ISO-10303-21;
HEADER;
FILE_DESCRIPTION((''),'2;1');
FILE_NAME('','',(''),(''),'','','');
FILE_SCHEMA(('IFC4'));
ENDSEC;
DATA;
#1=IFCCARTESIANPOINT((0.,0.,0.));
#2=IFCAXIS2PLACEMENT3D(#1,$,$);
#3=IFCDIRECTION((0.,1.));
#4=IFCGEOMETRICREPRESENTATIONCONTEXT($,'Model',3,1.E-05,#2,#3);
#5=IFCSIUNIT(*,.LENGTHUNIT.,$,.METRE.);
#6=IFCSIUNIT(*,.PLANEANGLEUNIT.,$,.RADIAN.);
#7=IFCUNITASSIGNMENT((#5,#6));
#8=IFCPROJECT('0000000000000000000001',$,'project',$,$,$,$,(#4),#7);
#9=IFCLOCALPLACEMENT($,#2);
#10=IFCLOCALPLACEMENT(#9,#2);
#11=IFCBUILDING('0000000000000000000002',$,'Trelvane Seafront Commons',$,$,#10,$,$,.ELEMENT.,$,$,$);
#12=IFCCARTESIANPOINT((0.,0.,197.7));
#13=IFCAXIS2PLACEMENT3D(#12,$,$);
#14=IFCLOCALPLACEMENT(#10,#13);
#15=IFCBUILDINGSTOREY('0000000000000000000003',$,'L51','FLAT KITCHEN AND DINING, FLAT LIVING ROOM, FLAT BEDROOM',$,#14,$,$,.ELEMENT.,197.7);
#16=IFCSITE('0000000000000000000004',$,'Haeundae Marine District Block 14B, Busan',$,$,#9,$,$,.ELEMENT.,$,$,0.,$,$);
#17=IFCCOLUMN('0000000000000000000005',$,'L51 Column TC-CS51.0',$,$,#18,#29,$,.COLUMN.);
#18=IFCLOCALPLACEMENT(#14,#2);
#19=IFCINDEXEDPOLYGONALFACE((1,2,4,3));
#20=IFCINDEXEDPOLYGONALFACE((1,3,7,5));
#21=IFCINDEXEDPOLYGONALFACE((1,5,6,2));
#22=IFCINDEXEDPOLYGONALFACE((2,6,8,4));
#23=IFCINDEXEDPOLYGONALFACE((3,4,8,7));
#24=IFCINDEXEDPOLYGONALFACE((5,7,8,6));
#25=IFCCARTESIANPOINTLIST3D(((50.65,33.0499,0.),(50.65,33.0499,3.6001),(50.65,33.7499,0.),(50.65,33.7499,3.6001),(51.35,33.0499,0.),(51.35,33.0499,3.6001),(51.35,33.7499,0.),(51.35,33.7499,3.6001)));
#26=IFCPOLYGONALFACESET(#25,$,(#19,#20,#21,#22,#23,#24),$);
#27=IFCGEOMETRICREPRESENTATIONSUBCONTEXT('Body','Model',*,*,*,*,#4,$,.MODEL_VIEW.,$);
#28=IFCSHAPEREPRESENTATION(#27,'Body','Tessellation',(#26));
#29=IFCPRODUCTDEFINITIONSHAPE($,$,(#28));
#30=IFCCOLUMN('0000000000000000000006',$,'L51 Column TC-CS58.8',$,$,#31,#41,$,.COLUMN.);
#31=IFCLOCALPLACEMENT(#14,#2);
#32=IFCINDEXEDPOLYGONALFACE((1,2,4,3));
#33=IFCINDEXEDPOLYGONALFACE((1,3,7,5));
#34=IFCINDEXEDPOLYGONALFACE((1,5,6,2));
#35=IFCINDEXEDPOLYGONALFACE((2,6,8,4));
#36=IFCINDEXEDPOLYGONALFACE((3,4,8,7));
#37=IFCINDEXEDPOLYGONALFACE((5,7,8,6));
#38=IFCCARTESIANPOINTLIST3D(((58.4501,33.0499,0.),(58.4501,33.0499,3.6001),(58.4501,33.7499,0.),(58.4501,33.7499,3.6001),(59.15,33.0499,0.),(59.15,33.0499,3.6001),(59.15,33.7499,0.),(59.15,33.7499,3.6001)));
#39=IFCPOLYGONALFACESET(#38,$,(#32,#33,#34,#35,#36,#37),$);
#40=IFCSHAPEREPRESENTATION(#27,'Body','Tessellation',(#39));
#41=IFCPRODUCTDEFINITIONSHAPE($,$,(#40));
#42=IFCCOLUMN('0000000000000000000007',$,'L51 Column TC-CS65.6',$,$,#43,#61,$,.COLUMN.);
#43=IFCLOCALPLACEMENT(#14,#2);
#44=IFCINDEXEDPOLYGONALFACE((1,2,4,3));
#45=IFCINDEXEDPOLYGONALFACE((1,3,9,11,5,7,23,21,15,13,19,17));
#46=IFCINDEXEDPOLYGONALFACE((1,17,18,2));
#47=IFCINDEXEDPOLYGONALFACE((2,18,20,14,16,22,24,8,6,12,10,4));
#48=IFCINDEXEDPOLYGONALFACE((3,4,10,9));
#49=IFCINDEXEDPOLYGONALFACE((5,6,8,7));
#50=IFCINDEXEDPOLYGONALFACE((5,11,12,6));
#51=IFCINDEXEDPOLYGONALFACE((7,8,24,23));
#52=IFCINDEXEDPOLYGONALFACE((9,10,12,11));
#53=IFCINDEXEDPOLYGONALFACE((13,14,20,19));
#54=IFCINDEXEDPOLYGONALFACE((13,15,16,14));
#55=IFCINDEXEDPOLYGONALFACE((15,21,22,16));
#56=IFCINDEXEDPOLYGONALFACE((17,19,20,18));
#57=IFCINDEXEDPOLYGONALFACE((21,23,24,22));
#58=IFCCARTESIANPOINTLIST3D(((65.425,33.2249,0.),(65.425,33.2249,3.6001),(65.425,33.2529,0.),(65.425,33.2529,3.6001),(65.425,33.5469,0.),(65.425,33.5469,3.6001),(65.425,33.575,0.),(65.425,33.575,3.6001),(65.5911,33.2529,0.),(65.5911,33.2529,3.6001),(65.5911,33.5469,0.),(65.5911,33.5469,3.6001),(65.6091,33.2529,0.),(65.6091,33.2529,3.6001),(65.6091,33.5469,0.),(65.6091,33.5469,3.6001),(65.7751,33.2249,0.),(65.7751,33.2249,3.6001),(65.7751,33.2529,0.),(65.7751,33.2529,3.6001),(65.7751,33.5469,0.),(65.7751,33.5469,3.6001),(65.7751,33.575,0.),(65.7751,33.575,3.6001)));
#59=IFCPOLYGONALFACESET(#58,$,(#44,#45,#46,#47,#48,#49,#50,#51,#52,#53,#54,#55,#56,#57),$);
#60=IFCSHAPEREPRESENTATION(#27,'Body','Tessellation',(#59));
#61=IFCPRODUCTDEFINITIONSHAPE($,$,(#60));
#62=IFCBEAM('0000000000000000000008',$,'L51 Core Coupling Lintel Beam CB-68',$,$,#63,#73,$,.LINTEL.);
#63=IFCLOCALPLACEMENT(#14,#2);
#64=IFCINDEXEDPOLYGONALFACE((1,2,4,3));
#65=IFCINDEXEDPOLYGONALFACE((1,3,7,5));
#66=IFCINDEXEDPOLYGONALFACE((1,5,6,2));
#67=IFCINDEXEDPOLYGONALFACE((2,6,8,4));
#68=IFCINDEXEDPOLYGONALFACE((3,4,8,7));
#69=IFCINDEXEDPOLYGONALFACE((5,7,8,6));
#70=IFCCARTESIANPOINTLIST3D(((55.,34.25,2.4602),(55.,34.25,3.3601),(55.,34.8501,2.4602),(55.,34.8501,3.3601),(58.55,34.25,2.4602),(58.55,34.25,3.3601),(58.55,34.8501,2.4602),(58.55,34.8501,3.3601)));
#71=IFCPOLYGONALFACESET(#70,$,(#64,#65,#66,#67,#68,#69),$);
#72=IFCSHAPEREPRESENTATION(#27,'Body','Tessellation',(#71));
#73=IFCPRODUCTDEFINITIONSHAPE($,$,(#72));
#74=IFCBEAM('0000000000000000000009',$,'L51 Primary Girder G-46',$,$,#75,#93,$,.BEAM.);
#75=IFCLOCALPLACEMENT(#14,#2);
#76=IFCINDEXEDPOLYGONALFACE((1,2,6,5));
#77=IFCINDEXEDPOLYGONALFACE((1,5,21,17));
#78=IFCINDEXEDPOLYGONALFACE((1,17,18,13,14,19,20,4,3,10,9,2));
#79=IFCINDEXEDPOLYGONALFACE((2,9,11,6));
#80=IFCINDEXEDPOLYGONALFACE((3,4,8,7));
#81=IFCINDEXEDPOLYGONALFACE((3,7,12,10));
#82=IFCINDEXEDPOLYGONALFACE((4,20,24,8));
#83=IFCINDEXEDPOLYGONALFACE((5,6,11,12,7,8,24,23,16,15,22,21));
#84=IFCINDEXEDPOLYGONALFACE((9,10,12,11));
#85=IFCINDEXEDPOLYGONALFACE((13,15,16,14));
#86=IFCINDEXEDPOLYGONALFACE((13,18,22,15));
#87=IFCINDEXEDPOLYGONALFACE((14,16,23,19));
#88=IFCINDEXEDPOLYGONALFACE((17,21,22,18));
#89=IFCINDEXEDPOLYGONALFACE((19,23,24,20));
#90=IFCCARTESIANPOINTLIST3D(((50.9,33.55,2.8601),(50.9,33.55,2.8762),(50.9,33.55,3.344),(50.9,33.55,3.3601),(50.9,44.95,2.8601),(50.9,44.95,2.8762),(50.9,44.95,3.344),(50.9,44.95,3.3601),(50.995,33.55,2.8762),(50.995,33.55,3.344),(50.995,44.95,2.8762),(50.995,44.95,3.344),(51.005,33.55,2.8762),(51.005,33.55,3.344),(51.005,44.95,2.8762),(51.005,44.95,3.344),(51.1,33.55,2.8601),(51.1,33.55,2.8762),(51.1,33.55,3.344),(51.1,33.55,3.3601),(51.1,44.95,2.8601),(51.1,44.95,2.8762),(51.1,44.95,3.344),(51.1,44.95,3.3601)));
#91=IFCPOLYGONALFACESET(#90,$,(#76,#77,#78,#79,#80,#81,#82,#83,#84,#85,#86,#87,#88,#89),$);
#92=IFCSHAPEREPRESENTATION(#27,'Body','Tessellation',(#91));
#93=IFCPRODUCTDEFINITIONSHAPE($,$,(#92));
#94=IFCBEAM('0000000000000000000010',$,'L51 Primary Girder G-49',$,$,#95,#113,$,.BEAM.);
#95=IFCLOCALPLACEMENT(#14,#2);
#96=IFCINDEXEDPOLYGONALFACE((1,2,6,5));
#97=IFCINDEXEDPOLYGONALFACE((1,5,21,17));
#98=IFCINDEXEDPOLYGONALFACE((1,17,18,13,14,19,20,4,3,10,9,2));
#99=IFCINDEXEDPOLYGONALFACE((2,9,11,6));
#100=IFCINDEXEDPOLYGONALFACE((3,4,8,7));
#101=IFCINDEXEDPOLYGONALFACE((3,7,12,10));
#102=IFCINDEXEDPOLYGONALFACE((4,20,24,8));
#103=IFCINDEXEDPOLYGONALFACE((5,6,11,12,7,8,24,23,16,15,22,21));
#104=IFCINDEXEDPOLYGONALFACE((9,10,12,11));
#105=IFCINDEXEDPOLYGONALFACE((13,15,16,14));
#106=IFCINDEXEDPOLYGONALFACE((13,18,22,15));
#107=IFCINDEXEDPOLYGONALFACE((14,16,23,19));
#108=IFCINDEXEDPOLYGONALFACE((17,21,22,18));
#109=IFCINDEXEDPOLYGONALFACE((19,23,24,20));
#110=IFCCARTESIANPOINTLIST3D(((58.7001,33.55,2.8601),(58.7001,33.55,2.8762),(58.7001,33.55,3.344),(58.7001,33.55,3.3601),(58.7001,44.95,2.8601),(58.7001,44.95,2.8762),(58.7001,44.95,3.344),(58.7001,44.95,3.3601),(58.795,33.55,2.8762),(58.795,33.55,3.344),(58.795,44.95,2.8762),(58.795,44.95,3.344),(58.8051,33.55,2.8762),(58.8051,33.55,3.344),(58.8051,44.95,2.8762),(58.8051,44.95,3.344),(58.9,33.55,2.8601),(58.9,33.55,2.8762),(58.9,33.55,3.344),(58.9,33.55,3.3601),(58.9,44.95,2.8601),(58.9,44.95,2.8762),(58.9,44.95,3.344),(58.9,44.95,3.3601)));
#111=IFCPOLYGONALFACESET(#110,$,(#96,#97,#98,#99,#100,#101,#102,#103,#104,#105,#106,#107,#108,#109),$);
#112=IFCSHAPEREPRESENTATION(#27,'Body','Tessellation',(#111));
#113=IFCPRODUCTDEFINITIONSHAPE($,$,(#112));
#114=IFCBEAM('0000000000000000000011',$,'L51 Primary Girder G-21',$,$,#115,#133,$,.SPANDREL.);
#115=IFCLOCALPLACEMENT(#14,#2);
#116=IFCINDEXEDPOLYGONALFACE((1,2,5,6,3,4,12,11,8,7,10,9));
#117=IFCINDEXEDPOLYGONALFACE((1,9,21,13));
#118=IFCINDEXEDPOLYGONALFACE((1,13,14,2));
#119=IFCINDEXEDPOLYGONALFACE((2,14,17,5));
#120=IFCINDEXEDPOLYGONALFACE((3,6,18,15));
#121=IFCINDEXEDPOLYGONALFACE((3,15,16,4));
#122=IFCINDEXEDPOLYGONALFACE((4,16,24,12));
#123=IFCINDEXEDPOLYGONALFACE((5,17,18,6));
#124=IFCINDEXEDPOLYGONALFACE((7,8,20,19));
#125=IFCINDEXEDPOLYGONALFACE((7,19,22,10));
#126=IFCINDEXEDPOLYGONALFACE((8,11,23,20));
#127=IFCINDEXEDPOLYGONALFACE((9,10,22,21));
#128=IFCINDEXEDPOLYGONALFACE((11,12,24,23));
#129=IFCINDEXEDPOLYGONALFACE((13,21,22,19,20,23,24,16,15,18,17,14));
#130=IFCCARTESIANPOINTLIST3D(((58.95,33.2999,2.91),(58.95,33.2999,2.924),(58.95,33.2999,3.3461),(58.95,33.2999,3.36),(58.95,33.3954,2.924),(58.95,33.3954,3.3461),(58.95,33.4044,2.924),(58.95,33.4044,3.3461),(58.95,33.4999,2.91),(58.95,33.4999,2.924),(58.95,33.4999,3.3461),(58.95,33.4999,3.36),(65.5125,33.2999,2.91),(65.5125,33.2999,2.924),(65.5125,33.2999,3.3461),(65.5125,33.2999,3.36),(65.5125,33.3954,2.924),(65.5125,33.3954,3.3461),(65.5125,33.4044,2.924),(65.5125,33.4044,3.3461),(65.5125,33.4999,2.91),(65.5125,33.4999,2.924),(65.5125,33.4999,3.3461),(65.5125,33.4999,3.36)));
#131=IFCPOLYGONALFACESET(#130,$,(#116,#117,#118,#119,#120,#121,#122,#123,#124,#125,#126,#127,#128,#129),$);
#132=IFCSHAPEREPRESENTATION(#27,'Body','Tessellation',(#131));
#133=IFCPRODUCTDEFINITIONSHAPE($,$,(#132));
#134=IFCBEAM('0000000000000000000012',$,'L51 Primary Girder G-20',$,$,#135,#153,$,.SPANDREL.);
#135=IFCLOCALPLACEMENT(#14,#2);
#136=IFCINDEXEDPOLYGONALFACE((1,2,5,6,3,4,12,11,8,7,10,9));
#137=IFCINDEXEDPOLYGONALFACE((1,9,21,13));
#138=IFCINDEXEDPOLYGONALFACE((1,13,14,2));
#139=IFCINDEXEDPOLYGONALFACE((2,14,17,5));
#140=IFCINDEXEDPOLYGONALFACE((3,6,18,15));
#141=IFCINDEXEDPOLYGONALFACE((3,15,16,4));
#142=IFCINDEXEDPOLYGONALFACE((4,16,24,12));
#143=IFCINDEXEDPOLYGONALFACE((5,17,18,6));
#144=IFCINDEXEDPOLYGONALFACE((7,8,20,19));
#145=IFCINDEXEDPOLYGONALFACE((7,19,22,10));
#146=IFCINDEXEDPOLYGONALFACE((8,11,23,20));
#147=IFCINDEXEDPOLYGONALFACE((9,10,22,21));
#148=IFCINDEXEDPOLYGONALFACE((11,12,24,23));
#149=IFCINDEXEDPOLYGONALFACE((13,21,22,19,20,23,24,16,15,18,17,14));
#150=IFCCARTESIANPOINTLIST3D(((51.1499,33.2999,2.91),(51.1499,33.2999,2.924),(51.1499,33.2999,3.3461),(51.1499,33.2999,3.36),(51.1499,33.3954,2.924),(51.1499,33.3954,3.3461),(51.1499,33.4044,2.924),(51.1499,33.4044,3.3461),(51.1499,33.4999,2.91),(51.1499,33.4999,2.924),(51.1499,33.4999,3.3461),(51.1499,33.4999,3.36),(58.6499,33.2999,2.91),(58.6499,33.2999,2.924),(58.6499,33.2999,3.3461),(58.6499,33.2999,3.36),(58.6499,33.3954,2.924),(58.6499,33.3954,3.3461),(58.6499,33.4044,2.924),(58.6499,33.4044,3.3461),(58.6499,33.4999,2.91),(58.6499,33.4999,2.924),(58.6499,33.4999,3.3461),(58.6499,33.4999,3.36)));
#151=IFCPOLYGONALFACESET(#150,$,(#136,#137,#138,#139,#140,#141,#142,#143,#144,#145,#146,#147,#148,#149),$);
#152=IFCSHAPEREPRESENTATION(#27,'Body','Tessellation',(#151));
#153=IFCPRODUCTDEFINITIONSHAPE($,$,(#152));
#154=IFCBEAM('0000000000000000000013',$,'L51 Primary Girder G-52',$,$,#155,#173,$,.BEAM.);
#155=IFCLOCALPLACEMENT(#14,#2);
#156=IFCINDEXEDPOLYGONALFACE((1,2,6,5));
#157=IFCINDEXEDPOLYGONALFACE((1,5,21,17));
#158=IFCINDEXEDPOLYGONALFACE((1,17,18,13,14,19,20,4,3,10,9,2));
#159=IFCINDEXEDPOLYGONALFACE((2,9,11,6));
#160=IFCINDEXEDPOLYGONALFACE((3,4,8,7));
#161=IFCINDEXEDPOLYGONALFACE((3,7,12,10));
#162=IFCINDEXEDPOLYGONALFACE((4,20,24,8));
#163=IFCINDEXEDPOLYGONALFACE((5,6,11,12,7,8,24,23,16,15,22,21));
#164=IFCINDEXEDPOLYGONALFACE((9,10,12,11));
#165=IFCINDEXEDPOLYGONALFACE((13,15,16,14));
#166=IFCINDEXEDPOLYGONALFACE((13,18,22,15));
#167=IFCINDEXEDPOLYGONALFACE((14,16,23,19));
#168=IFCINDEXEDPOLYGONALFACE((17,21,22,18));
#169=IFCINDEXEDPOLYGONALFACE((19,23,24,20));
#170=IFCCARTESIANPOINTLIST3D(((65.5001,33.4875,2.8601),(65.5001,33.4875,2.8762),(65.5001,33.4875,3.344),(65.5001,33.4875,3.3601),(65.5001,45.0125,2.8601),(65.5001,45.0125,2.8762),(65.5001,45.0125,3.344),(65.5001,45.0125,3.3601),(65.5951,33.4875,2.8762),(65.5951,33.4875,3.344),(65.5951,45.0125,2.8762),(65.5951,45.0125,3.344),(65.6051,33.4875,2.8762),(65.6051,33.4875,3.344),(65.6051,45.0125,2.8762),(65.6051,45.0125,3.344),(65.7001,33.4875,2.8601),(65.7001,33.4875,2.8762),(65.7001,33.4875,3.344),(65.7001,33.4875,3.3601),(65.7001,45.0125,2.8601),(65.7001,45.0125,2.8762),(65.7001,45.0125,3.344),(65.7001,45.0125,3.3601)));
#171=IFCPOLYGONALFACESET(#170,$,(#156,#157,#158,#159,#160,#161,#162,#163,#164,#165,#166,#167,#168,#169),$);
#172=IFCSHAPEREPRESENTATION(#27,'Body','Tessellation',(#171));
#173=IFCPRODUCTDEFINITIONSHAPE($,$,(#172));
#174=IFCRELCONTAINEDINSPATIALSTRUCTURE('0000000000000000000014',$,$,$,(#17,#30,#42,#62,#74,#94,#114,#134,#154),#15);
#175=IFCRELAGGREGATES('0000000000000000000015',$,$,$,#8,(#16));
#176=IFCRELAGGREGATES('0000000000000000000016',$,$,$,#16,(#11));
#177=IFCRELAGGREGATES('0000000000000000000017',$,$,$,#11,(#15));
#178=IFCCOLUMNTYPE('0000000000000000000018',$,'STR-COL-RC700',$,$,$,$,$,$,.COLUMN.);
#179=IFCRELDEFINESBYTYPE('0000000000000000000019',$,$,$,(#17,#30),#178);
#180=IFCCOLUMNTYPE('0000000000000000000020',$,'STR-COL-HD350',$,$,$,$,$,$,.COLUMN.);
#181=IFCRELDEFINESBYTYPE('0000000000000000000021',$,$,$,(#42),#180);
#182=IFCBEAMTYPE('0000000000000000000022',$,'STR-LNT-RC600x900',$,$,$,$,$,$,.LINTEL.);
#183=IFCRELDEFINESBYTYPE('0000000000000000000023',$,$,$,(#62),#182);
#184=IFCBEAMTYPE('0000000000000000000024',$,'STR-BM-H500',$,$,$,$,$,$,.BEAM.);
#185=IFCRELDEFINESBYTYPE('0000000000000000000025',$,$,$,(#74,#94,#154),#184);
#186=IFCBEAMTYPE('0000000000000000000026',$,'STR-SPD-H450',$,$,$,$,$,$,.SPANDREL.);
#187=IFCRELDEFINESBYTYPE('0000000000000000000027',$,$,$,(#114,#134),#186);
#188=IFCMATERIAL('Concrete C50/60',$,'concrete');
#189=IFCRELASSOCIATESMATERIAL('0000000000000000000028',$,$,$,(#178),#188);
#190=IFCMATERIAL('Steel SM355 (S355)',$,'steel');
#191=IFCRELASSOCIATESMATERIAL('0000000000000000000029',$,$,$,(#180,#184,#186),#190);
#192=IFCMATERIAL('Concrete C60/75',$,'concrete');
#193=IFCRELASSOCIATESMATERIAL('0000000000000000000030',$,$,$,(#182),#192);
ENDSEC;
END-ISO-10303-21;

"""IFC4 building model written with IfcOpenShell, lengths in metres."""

from ifc_helpers import new_model, si_unit, direction, frame, origin, origin_2d, place, context, subcontext, project, spatial, rectangle, i_section, extrude, source, transform, mapped, material, material_profile, profile_set, type_object, element, save


model = new_model("IFC4")

# Units and contexts
model_context = context("Model", 3, precision=1e-05, world=origin(), true_north=direction((0.0, 1.0)))
body_context = subcontext(model_context, "Body", "Model", "MODEL_VIEW")
ifc_project = project(units=[si_unit("LENGTHUNIT", "METRE"), si_unit("PLANEANGLEUNIT", "RADIAN")], contexts=[model_context])

# Site, building, storey
site_placement = place(None, origin())
site = spatial("IfcSite", under=ifc_project, at=site_placement, Name="Haeundae Marine District Block 14B, Busan", CompositionType="ELEMENT", RefElevation=0.0)
building_placement = place(site_placement, origin())
building = spatial("IfcBuilding", under=site, at=building_placement, Name="Trelvane Seafront Commons", CompositionType="ELEMENT")
storey_placement = place(building_placement, frame((0.0, 0.0, 197.7)))
storey = spatial("IfcBuildingStorey", under=building, at=storey_placement, Name="L51", Description="FLAT KITCHEN AND DINING, FLAT LIVING ROOM, FLAT BEDROOM", CompositionType="ELEMENT", Elevation=197.7)

# Columns
ifc_material_1 = material(Name="Concrete C50/60", Category="concrete")
ifc_material_profile_1 = material_profile(ifc_material_1, rectangle(XDim=0.7, YDim=0.7, at=origin_2d()), Name="RC-700x700")
ifc_profile_set_1 = profile_set([ifc_material_profile_1], Name="Concrete C50/60")
column_type_1 = type_object("IfcColumnType", Name="STR-COL-RC700", PredefinedType="COLUMN", material=ifc_profile_set_1)
shared_shape_1 = source(origin(), body_context, "Body", "SweptSolid", [
    extrude(rectangle(XDim=0.7, YDim=0.7, at=origin_2d()), origin(), (0.0, 0.0, 1.0), 3.6001),
])
for number, where, z_axis, x_axis, name in (
    (1, (51.0, 33.3999, 0.0), (0.0, 0.0, 1.0), (1.0, 0.0, 0.0), "L51 Column TC-CS51.0"),
    (2, (58.8, 33.3999, 0.0), (0.0, 0.0, 1.0), (1.0, 0.0, 0.0), "L51 Column TC-CS58.8"),
):
    element("IfcColumn", number, at=place(storey_placement, frame(where, z_axis=z_axis, x_axis=x_axis)), inside=storey, type_object=column_type_1, Name=name, PredefinedType="COLUMN", context=body_context, shape_type="MappedRepresentation", body=[
        mapped(shared_shape_1, transform((0.0, 0.0, 0.0), x_axis=(1.0, 0.0, 0.0), y_axis=(0.0, 1.0, 0.0), z_axis=(0.0, 0.0, 1.0), scale=1.0)),
    ])
ifc_material_2 = material(Name="Steel SM355 (S355)", Category="steel")
ifc_material_profile_2 = material_profile(ifc_material_2, i_section(OverallWidth=0.3501, OverallDepth=0.3501, WebThickness=0.0181, FlangeThickness=0.0281, at=origin_2d()), Name="HD-350x350x18x28")
ifc_profile_set_2 = profile_set([ifc_material_profile_2], Name="Steel SM355 (S355)")
column_type_2 = type_object("IfcColumnType", Name="STR-COL-HD350", PredefinedType="COLUMN", material=ifc_profile_set_2)
shared_shape_2 = source(origin(), body_context, "Body", "SweptSolid", [
    extrude(i_section(OverallWidth=0.3501, OverallDepth=0.3501, WebThickness=0.0181, FlangeThickness=0.0281, at=origin_2d()), origin(), (0.0, 0.0, 1.0), 3.6001),
])
column_placement = place(storey_placement, frame((65.6001, 33.3999, 0.0), z_axis=(0.0, 0.0, 1.0), x_axis=(1.0, 0.0, 0.0)))
element("IfcColumn", 3, at=column_placement, inside=storey, type_object=column_type_2, Name="L51 Column TC-CS65.6", PredefinedType="COLUMN", context=body_context, shape_type="MappedRepresentation", body=[
    mapped(shared_shape_2, transform((0.0, 0.0, 0.0), x_axis=(1.0, 0.0, 0.0), y_axis=(0.0, 1.0, 0.0), z_axis=(0.0, 0.0, 1.0), scale=1.0)),
])

# Beams
ifc_material_3 = material(Name="Concrete C60/75", Category="concrete")
ifc_material_profile_3 = material_profile(ifc_material_3, rectangle(XDim=0.6001, YDim=0.8999, at=origin_2d()), Name="RC-600x900")
ifc_profile_set_3 = profile_set([ifc_material_profile_3], Name="Concrete C60/75")
beam_type_1 = type_object("IfcBeamType", Name="STR-LNT-RC600x900", PredefinedType="LINTEL", material=ifc_profile_set_3)
shared_shape_3 = source(origin(), body_context, "Body", "SweptSolid", [
    extrude(rectangle(XDim=0.6001, YDim=0.8999, at=origin_2d()), origin(), (0.0, 0.0, 1.0), 3.55),
])
beam_1_placement = place(storey_placement, frame((55.0, 34.55, 2.9102), z_axis=(1.0, 0.0, 0.0), x_axis=(0.0, 1.0, 0.0)))
element("IfcBeam", 4, at=beam_1_placement, inside=storey, type_object=beam_type_1, Name="L51 Core Coupling Lintel Beam CB-68", PredefinedType="LINTEL", context=body_context, shape_type="MappedRepresentation", body=[
    mapped(shared_shape_3, transform((0.0, 0.0, 0.0), x_axis=(1.0, 0.0, 0.0), y_axis=(0.0, 1.0, 0.0), z_axis=(0.0, 0.0, 1.0), scale=1.0)),
])
ifc_material_profile_4 = material_profile(ifc_material_2, i_section(OverallWidth=0.2, OverallDepth=0.5, WebThickness=0.01, FlangeThickness=0.0161, at=origin_2d()), Name="H-500x200x10x16")
ifc_profile_set_4 = profile_set([ifc_material_profile_4], Name="Steel SM355 (S355)")
beam_type_2 = type_object("IfcBeamType", Name="STR-BM-H500", PredefinedType="BEAM", material=ifc_profile_set_4)
shared_shape_4 = source(origin(), body_context, "Body", "SweptSolid", [
    extrude(i_section(OverallWidth=0.2, OverallDepth=0.5, WebThickness=0.01, FlangeThickness=0.0161, at=origin_2d()), origin(), (0.0, 0.0, 1.0), 11.3999),
])
for number, where, z_axis, x_axis, name in (
    (5, (51.0, 33.55, 3.1101), (0.0, 1.0, 0.0), (-1.0, 0.0, 0.0), "L51 Primary Girder G-46"),
    (6, (58.8, 33.55, 3.1101), (0.0, 1.0, 0.0), (-1.0, 0.0, 0.0), "L51 Primary Girder G-49"),
):
    element("IfcBeam", number, at=place(storey_placement, frame(where, z_axis=z_axis, x_axis=x_axis)), inside=storey, type_object=beam_type_2, Name=name, PredefinedType="BEAM", context=body_context, shape_type="MappedRepresentation", body=[
        mapped(shared_shape_4, transform((0.0, 0.0, 0.0), x_axis=(1.0, 0.0, 0.0), y_axis=(0.0, 1.0, 0.0), z_axis=(0.0, 0.0, 1.0), scale=1.0)),
    ])
ifc_material_profile_5 = material_profile(ifc_material_2, i_section(OverallWidth=0.2, OverallDepth=0.45, WebThickness=0.009, FlangeThickness=0.0139, at=origin_2d()), Name="H-450x200x9x14")
ifc_profile_set_5 = profile_set([ifc_material_profile_5], Name="Steel SM355 (S355)")
beam_type_3 = type_object("IfcBeamType", Name="STR-SPD-H450", PredefinedType="SPANDREL", material=ifc_profile_set_5)
shared_shape_5 = source(origin(), body_context, "Body", "SweptSolid", [
    extrude(i_section(OverallWidth=0.2, OverallDepth=0.45, WebThickness=0.009, FlangeThickness=0.0139, at=origin_2d()), origin(), (0.0, 0.0, 1.0), 6.5625),
])
beam_2_placement = place(storey_placement, frame((58.95, 33.3999, 3.135), z_axis=(1.0, 0.0, 0.0), x_axis=(0.0, 1.0, 0.0)))
element("IfcBeam", 7, at=beam_2_placement, inside=storey, type_object=beam_type_3, Name="L51 Primary Girder G-21", PredefinedType="SPANDREL", context=body_context, shape_type="MappedRepresentation", body=[
    mapped(shared_shape_5, transform((0.0, 0.0, 0.0), x_axis=(1.0, 0.0, 0.0), y_axis=(0.0, 1.0, 0.0), z_axis=(0.0, 0.0, 1.0), scale=1.0)),
])
shared_shape_6 = source(origin(), body_context, "Body", "SweptSolid", [
    extrude(i_section(OverallWidth=0.2, OverallDepth=0.45, WebThickness=0.009, FlangeThickness=0.0139, at=origin_2d()), origin(), (0.0, 0.0, 1.0), 7.5),
])
beam_3_placement = place(storey_placement, frame((51.1499, 33.3999, 3.135), z_axis=(1.0, 0.0, 0.0), x_axis=(0.0, 1.0, 0.0)))
element("IfcBeam", 8, at=beam_3_placement, inside=storey, type_object=beam_type_3, Name="L51 Primary Girder G-20", PredefinedType="SPANDREL", context=body_context, shape_type="MappedRepresentation", body=[
    mapped(shared_shape_6, transform((0.0, 0.0, 0.0), x_axis=(1.0, 0.0, 0.0), y_axis=(0.0, 1.0, 0.0), z_axis=(0.0, 0.0, 1.0), scale=1.0)),
])
shared_shape_7 = source(origin(), body_context, "Body", "SweptSolid", [
    extrude(i_section(OverallWidth=0.2, OverallDepth=0.5, WebThickness=0.01, FlangeThickness=0.0161, at=origin_2d()), origin(), (0.0, 0.0, 1.0), 11.5249),
])
beam_4_placement = place(storey_placement, frame((65.6001, 33.4875, 3.1101), z_axis=(0.0, 1.0, 0.0), x_axis=(-1.0, 0.0, 0.0)))
element("IfcBeam", 9, at=beam_4_placement, inside=storey, type_object=beam_type_2, Name="L51 Primary Girder G-52", PredefinedType="BEAM", context=body_context, shape_type="MappedRepresentation", body=[
    mapped(shared_shape_7, transform((0.0, 0.0, 0.0), x_axis=(1.0, 0.0, 0.0), y_axis=(0.0, 1.0, 0.0), z_axis=(0.0, 0.0, 1.0), scale=1.0)),
])

save(model, "model.ifc")
